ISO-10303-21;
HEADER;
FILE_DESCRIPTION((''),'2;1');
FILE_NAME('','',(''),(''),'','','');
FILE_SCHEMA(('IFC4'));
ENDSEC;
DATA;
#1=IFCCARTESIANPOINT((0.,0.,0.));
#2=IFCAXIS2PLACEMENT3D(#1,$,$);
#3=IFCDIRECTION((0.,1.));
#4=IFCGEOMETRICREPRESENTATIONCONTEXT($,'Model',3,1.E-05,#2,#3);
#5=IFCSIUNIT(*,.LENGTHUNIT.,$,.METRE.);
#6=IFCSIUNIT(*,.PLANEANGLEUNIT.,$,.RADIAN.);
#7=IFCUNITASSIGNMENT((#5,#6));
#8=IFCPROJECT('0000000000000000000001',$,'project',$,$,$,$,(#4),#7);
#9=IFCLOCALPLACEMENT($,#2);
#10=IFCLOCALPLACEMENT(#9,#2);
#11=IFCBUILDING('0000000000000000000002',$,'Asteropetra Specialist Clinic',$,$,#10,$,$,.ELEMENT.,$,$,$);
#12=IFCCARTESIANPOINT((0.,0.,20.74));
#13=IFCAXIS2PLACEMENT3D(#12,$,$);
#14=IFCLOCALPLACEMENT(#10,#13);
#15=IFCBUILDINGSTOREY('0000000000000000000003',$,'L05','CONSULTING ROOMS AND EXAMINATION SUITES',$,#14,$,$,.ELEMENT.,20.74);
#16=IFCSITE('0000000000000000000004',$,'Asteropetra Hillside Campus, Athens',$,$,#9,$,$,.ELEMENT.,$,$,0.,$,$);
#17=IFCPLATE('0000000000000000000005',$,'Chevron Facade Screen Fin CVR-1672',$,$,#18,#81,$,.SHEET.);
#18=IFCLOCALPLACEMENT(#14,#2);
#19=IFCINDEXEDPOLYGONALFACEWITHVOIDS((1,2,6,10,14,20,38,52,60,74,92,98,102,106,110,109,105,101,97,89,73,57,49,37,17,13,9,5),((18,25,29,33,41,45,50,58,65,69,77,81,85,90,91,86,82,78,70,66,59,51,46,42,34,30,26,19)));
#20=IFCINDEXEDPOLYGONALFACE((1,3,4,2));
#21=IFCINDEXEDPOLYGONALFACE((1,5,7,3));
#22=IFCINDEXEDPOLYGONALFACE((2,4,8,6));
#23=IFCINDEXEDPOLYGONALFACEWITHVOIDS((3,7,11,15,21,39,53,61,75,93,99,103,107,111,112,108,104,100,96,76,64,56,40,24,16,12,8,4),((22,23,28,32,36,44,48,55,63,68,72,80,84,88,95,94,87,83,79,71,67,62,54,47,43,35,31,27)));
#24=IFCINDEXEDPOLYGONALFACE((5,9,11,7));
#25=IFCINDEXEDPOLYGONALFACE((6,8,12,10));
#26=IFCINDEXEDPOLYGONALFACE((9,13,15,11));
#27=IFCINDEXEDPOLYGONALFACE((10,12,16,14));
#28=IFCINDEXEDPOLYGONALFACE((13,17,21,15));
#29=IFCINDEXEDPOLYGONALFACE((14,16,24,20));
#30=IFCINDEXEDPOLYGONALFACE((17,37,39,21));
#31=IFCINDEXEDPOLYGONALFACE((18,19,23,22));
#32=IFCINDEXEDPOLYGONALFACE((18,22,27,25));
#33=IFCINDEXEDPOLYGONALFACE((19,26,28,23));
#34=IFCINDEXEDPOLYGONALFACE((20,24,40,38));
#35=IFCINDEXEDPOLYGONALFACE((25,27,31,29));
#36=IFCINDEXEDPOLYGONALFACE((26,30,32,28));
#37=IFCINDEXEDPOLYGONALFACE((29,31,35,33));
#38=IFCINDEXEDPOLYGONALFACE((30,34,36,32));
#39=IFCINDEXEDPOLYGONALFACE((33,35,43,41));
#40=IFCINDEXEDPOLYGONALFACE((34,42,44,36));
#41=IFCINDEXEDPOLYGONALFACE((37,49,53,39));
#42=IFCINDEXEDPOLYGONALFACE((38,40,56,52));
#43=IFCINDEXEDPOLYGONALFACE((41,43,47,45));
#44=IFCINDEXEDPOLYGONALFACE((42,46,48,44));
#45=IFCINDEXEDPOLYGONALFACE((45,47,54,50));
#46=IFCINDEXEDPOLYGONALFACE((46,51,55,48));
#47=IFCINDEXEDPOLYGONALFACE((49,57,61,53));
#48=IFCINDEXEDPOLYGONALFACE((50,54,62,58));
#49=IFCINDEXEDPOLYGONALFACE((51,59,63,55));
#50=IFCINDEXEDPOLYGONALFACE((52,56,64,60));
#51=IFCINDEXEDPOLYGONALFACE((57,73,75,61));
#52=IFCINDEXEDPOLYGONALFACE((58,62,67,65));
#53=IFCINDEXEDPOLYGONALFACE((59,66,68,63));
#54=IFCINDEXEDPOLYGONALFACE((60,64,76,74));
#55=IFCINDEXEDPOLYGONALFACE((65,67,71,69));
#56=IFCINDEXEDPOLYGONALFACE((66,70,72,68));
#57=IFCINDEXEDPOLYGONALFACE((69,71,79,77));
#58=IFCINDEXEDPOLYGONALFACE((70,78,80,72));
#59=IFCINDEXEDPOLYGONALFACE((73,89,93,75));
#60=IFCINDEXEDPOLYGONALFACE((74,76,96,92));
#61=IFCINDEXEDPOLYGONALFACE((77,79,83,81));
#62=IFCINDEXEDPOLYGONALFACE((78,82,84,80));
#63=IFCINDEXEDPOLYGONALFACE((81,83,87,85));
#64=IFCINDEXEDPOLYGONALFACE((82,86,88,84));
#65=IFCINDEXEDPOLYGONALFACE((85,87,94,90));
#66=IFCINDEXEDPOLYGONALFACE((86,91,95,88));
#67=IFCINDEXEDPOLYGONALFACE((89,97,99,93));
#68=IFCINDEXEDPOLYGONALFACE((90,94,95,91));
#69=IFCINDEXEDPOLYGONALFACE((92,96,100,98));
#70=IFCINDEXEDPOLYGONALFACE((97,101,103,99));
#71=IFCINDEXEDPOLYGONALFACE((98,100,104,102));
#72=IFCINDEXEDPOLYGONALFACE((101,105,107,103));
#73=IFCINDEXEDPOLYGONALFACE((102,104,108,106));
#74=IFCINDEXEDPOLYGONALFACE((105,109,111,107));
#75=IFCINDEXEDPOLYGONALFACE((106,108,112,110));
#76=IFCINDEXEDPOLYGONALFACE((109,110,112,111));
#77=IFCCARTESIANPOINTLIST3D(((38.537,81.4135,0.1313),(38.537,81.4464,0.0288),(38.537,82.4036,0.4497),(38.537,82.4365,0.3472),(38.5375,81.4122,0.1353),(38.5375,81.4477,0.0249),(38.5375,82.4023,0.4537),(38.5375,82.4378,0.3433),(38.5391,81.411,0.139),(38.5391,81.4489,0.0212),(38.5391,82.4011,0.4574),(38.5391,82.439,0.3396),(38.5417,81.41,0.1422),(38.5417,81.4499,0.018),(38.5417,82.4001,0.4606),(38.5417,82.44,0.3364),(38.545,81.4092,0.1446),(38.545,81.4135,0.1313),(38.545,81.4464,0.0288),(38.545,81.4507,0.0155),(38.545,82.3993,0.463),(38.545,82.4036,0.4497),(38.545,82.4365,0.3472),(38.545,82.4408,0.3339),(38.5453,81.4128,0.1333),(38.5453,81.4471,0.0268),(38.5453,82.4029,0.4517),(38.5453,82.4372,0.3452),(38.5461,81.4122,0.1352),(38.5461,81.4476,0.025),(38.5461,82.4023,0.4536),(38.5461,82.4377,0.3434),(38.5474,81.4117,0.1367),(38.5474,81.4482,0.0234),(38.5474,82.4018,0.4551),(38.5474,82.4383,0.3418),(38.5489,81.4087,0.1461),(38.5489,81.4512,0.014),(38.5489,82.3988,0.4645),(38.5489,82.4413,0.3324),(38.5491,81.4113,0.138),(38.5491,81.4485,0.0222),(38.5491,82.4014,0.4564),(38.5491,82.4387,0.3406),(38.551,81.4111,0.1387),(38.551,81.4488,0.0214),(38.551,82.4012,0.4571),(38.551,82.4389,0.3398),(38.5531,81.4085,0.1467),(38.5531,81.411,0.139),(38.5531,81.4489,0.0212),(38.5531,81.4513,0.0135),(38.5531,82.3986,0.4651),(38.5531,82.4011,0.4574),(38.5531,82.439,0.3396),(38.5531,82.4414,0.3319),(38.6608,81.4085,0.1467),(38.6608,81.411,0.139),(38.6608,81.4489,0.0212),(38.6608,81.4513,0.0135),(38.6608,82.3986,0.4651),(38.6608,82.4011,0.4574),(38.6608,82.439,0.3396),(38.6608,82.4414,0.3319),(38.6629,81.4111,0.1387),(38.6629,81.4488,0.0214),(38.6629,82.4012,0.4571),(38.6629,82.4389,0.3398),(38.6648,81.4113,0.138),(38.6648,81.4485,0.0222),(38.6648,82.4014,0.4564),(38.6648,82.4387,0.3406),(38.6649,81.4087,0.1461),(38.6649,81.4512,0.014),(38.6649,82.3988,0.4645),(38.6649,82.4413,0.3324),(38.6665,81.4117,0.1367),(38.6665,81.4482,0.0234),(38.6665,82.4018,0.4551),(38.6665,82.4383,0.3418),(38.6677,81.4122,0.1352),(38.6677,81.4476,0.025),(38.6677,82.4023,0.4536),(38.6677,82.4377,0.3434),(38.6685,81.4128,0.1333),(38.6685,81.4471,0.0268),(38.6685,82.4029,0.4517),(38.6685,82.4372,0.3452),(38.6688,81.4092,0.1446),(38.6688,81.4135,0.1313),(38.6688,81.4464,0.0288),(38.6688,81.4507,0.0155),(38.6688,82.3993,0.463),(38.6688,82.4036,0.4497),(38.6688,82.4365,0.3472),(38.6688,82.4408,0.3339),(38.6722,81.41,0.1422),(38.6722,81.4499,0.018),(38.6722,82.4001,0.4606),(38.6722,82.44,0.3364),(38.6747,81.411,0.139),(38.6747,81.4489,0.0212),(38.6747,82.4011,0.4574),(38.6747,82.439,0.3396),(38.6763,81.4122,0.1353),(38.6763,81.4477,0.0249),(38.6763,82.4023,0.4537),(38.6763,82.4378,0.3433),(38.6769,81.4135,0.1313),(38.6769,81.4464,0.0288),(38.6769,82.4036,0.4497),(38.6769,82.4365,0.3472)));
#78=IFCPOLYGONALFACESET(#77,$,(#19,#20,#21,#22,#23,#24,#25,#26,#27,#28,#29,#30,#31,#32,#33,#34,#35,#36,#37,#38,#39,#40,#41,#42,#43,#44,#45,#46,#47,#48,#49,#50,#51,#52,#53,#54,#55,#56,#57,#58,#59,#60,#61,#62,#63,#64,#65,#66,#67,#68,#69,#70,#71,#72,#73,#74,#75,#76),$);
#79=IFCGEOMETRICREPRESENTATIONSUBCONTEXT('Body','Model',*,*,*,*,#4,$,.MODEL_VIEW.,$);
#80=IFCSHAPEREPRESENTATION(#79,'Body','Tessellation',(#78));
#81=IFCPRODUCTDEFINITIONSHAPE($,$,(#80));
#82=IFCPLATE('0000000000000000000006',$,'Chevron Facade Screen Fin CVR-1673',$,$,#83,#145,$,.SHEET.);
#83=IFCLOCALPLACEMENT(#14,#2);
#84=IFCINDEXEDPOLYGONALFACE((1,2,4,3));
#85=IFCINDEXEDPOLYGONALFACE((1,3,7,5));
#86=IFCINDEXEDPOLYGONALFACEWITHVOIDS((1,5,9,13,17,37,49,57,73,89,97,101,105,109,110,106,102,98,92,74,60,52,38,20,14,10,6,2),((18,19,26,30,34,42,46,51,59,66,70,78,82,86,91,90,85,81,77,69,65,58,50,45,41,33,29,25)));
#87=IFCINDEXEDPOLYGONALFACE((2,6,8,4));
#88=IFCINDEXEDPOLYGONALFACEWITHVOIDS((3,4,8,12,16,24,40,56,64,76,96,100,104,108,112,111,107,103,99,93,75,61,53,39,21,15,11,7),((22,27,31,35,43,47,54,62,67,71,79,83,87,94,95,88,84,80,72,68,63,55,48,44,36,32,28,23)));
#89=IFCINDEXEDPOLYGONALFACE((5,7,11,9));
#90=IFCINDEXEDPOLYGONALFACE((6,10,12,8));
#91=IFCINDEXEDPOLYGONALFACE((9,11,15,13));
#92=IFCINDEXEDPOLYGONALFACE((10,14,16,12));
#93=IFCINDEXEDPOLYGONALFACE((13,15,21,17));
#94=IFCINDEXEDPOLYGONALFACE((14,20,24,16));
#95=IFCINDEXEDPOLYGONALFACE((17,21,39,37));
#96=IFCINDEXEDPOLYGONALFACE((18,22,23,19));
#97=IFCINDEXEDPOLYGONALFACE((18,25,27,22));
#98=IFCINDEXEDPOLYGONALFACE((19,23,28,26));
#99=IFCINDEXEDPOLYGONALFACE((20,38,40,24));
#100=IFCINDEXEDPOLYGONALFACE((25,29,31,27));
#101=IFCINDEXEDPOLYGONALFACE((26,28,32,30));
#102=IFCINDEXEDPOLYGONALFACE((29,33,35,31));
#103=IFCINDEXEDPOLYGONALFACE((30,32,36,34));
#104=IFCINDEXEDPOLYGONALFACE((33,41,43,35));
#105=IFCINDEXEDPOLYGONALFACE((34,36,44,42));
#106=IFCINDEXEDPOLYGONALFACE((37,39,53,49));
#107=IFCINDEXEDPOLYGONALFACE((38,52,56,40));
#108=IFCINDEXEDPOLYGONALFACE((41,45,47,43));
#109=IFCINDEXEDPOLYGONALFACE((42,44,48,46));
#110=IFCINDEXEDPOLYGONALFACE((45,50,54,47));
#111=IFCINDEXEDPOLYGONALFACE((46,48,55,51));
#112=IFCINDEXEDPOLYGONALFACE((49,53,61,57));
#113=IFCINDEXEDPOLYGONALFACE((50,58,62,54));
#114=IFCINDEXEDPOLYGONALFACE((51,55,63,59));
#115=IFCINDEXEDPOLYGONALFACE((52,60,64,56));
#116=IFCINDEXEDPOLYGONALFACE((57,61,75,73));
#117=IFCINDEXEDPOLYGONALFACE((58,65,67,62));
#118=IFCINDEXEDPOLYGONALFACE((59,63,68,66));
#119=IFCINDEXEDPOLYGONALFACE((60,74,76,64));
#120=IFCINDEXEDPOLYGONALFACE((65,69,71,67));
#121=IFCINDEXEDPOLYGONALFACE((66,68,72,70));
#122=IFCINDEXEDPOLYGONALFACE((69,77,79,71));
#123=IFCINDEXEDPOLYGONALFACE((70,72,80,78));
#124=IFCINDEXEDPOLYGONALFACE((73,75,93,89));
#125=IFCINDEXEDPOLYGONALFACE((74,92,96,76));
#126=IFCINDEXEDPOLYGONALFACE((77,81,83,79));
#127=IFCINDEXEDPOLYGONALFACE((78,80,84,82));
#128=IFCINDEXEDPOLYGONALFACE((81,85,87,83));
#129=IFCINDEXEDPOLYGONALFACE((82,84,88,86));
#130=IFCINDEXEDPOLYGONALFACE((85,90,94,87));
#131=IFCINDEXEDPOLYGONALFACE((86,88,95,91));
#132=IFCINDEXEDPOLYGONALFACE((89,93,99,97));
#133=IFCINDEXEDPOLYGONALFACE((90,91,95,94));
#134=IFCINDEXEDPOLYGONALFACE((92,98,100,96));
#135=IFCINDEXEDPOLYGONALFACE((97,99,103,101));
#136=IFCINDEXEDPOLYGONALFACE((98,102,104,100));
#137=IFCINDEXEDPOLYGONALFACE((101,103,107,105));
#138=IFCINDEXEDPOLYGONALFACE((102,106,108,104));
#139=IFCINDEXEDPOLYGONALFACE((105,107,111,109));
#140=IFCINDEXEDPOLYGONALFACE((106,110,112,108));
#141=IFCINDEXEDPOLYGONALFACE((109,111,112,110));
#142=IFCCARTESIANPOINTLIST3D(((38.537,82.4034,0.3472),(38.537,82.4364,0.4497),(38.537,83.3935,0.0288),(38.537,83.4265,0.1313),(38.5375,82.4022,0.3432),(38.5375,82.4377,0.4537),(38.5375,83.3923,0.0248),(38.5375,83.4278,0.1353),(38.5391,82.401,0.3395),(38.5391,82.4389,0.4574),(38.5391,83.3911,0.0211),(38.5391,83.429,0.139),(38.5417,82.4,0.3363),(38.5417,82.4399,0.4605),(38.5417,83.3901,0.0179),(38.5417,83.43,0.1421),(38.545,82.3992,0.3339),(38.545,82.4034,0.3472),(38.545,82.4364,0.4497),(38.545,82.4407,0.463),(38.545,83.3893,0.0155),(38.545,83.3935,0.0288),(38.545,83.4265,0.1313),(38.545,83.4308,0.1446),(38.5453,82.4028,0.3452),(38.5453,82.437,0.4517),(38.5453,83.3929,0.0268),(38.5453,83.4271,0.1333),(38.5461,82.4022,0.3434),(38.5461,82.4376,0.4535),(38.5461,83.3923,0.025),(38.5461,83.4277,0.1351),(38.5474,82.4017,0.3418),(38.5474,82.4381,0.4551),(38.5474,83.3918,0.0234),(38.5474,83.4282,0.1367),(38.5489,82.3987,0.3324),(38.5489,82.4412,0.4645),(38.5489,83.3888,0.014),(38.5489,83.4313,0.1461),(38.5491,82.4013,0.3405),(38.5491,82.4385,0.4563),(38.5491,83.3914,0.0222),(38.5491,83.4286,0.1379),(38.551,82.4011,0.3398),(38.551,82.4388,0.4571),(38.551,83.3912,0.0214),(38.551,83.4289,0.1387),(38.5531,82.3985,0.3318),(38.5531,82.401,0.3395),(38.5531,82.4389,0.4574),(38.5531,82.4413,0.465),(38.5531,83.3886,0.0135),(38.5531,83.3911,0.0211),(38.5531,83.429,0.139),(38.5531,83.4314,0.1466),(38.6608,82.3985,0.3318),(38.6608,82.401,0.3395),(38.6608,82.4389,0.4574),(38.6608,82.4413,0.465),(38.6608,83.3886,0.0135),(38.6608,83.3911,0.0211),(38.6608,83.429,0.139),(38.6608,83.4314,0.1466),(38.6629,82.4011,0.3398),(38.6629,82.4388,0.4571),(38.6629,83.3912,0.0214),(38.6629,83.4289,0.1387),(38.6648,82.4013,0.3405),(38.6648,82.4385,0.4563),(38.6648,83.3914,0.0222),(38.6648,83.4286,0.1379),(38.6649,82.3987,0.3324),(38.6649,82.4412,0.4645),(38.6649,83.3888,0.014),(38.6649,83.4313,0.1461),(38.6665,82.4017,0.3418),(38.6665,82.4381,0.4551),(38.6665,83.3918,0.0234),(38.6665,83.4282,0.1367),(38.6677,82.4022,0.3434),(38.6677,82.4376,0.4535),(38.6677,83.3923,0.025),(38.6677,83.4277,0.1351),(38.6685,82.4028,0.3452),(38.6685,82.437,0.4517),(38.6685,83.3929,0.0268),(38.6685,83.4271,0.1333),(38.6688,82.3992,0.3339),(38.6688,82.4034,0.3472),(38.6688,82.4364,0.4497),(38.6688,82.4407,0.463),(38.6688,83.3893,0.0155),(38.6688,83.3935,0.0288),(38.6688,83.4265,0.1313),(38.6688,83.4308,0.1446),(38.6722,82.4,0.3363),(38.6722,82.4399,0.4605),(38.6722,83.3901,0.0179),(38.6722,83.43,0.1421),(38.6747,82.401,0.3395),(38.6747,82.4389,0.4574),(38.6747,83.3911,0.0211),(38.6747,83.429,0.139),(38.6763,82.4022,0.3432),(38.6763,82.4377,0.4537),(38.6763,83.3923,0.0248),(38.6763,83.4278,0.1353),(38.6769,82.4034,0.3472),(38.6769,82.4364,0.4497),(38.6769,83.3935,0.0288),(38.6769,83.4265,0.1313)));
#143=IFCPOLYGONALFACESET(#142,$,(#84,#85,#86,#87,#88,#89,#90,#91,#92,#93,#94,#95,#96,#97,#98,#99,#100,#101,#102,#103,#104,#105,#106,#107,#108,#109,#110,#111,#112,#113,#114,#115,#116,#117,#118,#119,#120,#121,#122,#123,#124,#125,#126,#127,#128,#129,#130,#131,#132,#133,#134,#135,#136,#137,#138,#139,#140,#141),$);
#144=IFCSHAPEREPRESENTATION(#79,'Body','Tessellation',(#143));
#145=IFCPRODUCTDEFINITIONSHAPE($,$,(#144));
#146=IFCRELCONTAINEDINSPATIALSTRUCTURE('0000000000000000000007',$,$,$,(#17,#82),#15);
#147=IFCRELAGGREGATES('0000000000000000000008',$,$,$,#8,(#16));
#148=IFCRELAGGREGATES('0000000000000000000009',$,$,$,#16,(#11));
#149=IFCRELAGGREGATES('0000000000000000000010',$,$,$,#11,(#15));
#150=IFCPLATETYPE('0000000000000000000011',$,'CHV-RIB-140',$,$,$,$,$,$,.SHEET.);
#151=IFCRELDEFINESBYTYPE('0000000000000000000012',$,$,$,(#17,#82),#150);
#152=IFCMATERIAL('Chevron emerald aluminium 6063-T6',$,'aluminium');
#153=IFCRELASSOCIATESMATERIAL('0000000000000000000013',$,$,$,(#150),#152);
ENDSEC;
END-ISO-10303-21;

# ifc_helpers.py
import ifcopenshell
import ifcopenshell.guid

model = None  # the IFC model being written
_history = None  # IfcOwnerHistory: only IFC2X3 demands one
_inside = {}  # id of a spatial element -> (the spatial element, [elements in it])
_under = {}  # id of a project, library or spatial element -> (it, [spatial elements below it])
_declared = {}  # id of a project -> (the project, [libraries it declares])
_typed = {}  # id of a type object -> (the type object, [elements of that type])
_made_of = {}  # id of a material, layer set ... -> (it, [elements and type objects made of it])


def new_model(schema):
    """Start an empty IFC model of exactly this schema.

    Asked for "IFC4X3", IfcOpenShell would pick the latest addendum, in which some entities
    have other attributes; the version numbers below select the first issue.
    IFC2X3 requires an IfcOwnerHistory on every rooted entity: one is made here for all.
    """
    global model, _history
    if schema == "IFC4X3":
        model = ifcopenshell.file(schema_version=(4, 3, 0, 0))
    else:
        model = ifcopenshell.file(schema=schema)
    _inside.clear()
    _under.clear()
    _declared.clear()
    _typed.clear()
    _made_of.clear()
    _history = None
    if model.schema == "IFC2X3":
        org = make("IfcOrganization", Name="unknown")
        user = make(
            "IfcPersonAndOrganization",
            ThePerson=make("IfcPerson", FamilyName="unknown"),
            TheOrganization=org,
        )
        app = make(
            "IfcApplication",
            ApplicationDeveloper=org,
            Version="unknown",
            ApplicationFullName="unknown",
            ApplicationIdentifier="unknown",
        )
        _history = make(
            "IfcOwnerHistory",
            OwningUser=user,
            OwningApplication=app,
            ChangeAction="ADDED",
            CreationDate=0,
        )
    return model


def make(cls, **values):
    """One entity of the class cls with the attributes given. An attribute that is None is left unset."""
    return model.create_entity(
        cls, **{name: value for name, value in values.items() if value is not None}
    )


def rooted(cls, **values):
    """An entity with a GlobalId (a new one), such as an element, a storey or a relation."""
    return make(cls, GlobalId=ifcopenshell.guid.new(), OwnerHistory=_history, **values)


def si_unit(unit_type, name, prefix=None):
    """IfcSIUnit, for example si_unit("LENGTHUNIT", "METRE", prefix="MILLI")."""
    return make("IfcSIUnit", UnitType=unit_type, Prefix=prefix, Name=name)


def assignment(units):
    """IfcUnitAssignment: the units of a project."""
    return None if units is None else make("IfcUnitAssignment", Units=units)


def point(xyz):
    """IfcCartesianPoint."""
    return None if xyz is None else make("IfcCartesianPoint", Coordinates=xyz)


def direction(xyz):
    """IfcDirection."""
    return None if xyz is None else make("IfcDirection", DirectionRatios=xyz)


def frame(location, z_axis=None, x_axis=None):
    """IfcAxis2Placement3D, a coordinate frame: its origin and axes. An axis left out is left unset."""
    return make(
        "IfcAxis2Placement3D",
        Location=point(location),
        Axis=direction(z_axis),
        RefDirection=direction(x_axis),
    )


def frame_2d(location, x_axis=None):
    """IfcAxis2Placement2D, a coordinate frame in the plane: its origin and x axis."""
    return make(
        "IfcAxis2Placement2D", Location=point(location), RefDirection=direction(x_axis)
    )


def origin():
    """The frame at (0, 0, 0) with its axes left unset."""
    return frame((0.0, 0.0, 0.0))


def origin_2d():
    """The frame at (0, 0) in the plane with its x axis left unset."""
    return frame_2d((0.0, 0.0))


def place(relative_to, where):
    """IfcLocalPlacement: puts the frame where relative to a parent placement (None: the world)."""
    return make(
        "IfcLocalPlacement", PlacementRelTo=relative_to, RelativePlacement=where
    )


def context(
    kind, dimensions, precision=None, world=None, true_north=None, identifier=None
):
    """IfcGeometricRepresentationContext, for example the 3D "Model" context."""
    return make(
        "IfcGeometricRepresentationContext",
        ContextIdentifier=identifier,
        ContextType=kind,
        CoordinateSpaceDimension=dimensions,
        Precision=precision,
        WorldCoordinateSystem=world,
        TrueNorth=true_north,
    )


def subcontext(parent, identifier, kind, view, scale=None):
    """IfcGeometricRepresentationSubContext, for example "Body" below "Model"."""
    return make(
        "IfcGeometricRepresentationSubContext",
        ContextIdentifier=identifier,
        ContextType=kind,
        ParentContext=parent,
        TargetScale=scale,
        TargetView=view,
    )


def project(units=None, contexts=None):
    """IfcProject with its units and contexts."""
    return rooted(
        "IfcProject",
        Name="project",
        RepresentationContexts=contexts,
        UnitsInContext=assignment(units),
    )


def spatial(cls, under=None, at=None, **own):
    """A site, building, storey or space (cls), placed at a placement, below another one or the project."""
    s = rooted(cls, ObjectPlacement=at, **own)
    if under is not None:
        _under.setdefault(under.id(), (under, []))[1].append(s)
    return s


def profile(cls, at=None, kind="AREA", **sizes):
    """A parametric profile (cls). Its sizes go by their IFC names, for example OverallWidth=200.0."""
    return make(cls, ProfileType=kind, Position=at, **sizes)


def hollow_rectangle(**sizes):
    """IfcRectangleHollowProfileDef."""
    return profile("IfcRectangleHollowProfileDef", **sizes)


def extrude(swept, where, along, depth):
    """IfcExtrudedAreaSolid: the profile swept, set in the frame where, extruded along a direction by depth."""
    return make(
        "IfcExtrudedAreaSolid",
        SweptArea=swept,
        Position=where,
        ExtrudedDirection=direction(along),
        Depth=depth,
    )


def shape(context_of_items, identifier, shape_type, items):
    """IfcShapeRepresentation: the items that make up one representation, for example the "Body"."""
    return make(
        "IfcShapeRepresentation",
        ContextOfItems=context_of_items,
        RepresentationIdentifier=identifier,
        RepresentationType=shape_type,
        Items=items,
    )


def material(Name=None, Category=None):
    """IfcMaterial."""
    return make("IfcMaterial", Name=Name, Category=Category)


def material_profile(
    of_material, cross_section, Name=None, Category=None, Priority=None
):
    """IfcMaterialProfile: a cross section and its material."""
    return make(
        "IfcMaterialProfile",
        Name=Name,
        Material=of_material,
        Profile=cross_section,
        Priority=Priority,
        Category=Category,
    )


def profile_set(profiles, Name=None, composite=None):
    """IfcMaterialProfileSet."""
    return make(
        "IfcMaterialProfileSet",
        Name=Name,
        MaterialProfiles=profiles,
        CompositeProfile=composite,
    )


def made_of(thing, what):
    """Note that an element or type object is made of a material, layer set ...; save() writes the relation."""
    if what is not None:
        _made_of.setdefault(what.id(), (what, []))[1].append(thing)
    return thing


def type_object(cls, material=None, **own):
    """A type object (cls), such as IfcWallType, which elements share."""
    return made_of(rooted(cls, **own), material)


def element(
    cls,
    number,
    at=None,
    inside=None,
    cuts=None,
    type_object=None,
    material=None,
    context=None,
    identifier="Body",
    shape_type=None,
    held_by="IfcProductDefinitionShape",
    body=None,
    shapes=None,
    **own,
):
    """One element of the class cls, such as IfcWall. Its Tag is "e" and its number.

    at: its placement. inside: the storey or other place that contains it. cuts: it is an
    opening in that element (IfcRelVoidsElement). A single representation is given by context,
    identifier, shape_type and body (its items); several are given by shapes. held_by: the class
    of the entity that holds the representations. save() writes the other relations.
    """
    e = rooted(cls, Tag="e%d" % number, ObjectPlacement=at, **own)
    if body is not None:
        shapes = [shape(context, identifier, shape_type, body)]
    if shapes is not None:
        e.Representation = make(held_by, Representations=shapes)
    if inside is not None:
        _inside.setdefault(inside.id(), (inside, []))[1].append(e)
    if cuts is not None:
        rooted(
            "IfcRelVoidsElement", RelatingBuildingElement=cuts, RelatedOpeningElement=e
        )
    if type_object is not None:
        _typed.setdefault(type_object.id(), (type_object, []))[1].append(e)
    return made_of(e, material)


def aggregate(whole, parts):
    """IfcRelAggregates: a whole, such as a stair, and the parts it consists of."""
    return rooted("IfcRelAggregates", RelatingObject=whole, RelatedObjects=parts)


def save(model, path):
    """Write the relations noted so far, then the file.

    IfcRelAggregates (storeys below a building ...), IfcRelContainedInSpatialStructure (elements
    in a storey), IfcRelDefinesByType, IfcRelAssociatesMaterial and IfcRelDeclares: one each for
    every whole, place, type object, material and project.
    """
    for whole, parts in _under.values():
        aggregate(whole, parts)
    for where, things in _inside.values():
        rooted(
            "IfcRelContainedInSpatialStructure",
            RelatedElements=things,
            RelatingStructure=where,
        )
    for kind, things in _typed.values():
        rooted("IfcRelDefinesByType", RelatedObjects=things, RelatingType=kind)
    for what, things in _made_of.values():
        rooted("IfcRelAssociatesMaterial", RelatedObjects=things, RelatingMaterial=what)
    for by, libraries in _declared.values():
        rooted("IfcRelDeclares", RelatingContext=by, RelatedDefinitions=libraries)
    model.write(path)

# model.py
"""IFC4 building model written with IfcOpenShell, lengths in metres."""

from ifc_helpers import new_model, si_unit, direction, frame, origin, origin_2d, place, context, subcontext, project, spatial, hollow_rectangle, extrude, material, material_profile, profile_set, type_object, element, save


model = new_model("IFC4")

# Units and contexts
model_context = context("Model", 3, precision=1e-05, world=origin(), true_north=direction((0.0, 1.0)))
body_context = subcontext(model_context, "Body", "Model", "MODEL_VIEW")
ifc_project = project(units=[si_unit("LENGTHUNIT", "METRE"), si_unit("PLANEANGLEUNIT", "RADIAN")], contexts=[model_context])

# Site, building, storey
site_placement = place(None, origin())
site = spatial("IfcSite", under=ifc_project, at=site_placement, Name="Asteropetra Hillside Campus, Athens", CompositionType="ELEMENT", RefElevation=0.0)
building_placement = place(site_placement, origin())
building = spatial("IfcBuilding", under=site, at=building_placement, Name="Asteropetra Specialist Clinic", CompositionType="ELEMENT")
storey_placement = place(building_placement, frame((0.0, 0.0, 20.74)))
storey = spatial("IfcBuildingStorey", under=building, at=storey_placement, Name="L05", Description="CONSULTING ROOMS AND EXAMINATION SUITES", CompositionType="ELEMENT", Elevation=20.74)

# Plates
ifc_material_1 = material(Name="Chevron emerald aluminium 6063-T6", Category="aluminium")
ifc_material_profile_1 = material_profile(ifc_material_1, hollow_rectangle(XDim=0.1399, YDim=0.1399, WallThickness=0.0081, InnerFilletRadius=0.0081, OuterFilletRadius=0.0161, at=origin_2d()), Name="SHS 140x140x8.0")
ifc_profile_set_1 = profile_set([ifc_material_profile_1], Name="Chevron emerald aluminium 6063-T6")
plate_type = type_object("IfcPlateType", Name="CHV-RIB-140", PredefinedType="SHEET", material=ifc_profile_set_1)
for number, where, z_axis, x_axis, name in (
    (1, (38.6069, 81.4299, 0.0801), (0.0, 0.951987, 0.306138), (-1.0, 0.0, 0.0), "Chevron Facade Screen Fin CVR-1672"),
    (2, (38.6069, 82.4199, 0.3984), (0.0, 0.951987, -0.306138), (-1.0, 0.0, 0.0), "Chevron Facade Screen Fin CVR-1673"),
):
    element("IfcPlate", number, at=place(storey_placement, frame(where, z_axis=z_axis, x_axis=x_axis)), inside=storey, type_object=plate_type, Name=name, PredefinedType="SHEET", context=body_context, shape_type="SweptSolid", body=[
        extrude(hollow_rectangle(XDim=0.1399, YDim=0.1399, WallThickness=0.0081, InnerFilletRadius=0.0081, OuterFilletRadius=0.0161, at=origin_2d()), origin(), (0.0, 0.0, 1.0), 1.04),
    ])

save(model, "model.ifc")
